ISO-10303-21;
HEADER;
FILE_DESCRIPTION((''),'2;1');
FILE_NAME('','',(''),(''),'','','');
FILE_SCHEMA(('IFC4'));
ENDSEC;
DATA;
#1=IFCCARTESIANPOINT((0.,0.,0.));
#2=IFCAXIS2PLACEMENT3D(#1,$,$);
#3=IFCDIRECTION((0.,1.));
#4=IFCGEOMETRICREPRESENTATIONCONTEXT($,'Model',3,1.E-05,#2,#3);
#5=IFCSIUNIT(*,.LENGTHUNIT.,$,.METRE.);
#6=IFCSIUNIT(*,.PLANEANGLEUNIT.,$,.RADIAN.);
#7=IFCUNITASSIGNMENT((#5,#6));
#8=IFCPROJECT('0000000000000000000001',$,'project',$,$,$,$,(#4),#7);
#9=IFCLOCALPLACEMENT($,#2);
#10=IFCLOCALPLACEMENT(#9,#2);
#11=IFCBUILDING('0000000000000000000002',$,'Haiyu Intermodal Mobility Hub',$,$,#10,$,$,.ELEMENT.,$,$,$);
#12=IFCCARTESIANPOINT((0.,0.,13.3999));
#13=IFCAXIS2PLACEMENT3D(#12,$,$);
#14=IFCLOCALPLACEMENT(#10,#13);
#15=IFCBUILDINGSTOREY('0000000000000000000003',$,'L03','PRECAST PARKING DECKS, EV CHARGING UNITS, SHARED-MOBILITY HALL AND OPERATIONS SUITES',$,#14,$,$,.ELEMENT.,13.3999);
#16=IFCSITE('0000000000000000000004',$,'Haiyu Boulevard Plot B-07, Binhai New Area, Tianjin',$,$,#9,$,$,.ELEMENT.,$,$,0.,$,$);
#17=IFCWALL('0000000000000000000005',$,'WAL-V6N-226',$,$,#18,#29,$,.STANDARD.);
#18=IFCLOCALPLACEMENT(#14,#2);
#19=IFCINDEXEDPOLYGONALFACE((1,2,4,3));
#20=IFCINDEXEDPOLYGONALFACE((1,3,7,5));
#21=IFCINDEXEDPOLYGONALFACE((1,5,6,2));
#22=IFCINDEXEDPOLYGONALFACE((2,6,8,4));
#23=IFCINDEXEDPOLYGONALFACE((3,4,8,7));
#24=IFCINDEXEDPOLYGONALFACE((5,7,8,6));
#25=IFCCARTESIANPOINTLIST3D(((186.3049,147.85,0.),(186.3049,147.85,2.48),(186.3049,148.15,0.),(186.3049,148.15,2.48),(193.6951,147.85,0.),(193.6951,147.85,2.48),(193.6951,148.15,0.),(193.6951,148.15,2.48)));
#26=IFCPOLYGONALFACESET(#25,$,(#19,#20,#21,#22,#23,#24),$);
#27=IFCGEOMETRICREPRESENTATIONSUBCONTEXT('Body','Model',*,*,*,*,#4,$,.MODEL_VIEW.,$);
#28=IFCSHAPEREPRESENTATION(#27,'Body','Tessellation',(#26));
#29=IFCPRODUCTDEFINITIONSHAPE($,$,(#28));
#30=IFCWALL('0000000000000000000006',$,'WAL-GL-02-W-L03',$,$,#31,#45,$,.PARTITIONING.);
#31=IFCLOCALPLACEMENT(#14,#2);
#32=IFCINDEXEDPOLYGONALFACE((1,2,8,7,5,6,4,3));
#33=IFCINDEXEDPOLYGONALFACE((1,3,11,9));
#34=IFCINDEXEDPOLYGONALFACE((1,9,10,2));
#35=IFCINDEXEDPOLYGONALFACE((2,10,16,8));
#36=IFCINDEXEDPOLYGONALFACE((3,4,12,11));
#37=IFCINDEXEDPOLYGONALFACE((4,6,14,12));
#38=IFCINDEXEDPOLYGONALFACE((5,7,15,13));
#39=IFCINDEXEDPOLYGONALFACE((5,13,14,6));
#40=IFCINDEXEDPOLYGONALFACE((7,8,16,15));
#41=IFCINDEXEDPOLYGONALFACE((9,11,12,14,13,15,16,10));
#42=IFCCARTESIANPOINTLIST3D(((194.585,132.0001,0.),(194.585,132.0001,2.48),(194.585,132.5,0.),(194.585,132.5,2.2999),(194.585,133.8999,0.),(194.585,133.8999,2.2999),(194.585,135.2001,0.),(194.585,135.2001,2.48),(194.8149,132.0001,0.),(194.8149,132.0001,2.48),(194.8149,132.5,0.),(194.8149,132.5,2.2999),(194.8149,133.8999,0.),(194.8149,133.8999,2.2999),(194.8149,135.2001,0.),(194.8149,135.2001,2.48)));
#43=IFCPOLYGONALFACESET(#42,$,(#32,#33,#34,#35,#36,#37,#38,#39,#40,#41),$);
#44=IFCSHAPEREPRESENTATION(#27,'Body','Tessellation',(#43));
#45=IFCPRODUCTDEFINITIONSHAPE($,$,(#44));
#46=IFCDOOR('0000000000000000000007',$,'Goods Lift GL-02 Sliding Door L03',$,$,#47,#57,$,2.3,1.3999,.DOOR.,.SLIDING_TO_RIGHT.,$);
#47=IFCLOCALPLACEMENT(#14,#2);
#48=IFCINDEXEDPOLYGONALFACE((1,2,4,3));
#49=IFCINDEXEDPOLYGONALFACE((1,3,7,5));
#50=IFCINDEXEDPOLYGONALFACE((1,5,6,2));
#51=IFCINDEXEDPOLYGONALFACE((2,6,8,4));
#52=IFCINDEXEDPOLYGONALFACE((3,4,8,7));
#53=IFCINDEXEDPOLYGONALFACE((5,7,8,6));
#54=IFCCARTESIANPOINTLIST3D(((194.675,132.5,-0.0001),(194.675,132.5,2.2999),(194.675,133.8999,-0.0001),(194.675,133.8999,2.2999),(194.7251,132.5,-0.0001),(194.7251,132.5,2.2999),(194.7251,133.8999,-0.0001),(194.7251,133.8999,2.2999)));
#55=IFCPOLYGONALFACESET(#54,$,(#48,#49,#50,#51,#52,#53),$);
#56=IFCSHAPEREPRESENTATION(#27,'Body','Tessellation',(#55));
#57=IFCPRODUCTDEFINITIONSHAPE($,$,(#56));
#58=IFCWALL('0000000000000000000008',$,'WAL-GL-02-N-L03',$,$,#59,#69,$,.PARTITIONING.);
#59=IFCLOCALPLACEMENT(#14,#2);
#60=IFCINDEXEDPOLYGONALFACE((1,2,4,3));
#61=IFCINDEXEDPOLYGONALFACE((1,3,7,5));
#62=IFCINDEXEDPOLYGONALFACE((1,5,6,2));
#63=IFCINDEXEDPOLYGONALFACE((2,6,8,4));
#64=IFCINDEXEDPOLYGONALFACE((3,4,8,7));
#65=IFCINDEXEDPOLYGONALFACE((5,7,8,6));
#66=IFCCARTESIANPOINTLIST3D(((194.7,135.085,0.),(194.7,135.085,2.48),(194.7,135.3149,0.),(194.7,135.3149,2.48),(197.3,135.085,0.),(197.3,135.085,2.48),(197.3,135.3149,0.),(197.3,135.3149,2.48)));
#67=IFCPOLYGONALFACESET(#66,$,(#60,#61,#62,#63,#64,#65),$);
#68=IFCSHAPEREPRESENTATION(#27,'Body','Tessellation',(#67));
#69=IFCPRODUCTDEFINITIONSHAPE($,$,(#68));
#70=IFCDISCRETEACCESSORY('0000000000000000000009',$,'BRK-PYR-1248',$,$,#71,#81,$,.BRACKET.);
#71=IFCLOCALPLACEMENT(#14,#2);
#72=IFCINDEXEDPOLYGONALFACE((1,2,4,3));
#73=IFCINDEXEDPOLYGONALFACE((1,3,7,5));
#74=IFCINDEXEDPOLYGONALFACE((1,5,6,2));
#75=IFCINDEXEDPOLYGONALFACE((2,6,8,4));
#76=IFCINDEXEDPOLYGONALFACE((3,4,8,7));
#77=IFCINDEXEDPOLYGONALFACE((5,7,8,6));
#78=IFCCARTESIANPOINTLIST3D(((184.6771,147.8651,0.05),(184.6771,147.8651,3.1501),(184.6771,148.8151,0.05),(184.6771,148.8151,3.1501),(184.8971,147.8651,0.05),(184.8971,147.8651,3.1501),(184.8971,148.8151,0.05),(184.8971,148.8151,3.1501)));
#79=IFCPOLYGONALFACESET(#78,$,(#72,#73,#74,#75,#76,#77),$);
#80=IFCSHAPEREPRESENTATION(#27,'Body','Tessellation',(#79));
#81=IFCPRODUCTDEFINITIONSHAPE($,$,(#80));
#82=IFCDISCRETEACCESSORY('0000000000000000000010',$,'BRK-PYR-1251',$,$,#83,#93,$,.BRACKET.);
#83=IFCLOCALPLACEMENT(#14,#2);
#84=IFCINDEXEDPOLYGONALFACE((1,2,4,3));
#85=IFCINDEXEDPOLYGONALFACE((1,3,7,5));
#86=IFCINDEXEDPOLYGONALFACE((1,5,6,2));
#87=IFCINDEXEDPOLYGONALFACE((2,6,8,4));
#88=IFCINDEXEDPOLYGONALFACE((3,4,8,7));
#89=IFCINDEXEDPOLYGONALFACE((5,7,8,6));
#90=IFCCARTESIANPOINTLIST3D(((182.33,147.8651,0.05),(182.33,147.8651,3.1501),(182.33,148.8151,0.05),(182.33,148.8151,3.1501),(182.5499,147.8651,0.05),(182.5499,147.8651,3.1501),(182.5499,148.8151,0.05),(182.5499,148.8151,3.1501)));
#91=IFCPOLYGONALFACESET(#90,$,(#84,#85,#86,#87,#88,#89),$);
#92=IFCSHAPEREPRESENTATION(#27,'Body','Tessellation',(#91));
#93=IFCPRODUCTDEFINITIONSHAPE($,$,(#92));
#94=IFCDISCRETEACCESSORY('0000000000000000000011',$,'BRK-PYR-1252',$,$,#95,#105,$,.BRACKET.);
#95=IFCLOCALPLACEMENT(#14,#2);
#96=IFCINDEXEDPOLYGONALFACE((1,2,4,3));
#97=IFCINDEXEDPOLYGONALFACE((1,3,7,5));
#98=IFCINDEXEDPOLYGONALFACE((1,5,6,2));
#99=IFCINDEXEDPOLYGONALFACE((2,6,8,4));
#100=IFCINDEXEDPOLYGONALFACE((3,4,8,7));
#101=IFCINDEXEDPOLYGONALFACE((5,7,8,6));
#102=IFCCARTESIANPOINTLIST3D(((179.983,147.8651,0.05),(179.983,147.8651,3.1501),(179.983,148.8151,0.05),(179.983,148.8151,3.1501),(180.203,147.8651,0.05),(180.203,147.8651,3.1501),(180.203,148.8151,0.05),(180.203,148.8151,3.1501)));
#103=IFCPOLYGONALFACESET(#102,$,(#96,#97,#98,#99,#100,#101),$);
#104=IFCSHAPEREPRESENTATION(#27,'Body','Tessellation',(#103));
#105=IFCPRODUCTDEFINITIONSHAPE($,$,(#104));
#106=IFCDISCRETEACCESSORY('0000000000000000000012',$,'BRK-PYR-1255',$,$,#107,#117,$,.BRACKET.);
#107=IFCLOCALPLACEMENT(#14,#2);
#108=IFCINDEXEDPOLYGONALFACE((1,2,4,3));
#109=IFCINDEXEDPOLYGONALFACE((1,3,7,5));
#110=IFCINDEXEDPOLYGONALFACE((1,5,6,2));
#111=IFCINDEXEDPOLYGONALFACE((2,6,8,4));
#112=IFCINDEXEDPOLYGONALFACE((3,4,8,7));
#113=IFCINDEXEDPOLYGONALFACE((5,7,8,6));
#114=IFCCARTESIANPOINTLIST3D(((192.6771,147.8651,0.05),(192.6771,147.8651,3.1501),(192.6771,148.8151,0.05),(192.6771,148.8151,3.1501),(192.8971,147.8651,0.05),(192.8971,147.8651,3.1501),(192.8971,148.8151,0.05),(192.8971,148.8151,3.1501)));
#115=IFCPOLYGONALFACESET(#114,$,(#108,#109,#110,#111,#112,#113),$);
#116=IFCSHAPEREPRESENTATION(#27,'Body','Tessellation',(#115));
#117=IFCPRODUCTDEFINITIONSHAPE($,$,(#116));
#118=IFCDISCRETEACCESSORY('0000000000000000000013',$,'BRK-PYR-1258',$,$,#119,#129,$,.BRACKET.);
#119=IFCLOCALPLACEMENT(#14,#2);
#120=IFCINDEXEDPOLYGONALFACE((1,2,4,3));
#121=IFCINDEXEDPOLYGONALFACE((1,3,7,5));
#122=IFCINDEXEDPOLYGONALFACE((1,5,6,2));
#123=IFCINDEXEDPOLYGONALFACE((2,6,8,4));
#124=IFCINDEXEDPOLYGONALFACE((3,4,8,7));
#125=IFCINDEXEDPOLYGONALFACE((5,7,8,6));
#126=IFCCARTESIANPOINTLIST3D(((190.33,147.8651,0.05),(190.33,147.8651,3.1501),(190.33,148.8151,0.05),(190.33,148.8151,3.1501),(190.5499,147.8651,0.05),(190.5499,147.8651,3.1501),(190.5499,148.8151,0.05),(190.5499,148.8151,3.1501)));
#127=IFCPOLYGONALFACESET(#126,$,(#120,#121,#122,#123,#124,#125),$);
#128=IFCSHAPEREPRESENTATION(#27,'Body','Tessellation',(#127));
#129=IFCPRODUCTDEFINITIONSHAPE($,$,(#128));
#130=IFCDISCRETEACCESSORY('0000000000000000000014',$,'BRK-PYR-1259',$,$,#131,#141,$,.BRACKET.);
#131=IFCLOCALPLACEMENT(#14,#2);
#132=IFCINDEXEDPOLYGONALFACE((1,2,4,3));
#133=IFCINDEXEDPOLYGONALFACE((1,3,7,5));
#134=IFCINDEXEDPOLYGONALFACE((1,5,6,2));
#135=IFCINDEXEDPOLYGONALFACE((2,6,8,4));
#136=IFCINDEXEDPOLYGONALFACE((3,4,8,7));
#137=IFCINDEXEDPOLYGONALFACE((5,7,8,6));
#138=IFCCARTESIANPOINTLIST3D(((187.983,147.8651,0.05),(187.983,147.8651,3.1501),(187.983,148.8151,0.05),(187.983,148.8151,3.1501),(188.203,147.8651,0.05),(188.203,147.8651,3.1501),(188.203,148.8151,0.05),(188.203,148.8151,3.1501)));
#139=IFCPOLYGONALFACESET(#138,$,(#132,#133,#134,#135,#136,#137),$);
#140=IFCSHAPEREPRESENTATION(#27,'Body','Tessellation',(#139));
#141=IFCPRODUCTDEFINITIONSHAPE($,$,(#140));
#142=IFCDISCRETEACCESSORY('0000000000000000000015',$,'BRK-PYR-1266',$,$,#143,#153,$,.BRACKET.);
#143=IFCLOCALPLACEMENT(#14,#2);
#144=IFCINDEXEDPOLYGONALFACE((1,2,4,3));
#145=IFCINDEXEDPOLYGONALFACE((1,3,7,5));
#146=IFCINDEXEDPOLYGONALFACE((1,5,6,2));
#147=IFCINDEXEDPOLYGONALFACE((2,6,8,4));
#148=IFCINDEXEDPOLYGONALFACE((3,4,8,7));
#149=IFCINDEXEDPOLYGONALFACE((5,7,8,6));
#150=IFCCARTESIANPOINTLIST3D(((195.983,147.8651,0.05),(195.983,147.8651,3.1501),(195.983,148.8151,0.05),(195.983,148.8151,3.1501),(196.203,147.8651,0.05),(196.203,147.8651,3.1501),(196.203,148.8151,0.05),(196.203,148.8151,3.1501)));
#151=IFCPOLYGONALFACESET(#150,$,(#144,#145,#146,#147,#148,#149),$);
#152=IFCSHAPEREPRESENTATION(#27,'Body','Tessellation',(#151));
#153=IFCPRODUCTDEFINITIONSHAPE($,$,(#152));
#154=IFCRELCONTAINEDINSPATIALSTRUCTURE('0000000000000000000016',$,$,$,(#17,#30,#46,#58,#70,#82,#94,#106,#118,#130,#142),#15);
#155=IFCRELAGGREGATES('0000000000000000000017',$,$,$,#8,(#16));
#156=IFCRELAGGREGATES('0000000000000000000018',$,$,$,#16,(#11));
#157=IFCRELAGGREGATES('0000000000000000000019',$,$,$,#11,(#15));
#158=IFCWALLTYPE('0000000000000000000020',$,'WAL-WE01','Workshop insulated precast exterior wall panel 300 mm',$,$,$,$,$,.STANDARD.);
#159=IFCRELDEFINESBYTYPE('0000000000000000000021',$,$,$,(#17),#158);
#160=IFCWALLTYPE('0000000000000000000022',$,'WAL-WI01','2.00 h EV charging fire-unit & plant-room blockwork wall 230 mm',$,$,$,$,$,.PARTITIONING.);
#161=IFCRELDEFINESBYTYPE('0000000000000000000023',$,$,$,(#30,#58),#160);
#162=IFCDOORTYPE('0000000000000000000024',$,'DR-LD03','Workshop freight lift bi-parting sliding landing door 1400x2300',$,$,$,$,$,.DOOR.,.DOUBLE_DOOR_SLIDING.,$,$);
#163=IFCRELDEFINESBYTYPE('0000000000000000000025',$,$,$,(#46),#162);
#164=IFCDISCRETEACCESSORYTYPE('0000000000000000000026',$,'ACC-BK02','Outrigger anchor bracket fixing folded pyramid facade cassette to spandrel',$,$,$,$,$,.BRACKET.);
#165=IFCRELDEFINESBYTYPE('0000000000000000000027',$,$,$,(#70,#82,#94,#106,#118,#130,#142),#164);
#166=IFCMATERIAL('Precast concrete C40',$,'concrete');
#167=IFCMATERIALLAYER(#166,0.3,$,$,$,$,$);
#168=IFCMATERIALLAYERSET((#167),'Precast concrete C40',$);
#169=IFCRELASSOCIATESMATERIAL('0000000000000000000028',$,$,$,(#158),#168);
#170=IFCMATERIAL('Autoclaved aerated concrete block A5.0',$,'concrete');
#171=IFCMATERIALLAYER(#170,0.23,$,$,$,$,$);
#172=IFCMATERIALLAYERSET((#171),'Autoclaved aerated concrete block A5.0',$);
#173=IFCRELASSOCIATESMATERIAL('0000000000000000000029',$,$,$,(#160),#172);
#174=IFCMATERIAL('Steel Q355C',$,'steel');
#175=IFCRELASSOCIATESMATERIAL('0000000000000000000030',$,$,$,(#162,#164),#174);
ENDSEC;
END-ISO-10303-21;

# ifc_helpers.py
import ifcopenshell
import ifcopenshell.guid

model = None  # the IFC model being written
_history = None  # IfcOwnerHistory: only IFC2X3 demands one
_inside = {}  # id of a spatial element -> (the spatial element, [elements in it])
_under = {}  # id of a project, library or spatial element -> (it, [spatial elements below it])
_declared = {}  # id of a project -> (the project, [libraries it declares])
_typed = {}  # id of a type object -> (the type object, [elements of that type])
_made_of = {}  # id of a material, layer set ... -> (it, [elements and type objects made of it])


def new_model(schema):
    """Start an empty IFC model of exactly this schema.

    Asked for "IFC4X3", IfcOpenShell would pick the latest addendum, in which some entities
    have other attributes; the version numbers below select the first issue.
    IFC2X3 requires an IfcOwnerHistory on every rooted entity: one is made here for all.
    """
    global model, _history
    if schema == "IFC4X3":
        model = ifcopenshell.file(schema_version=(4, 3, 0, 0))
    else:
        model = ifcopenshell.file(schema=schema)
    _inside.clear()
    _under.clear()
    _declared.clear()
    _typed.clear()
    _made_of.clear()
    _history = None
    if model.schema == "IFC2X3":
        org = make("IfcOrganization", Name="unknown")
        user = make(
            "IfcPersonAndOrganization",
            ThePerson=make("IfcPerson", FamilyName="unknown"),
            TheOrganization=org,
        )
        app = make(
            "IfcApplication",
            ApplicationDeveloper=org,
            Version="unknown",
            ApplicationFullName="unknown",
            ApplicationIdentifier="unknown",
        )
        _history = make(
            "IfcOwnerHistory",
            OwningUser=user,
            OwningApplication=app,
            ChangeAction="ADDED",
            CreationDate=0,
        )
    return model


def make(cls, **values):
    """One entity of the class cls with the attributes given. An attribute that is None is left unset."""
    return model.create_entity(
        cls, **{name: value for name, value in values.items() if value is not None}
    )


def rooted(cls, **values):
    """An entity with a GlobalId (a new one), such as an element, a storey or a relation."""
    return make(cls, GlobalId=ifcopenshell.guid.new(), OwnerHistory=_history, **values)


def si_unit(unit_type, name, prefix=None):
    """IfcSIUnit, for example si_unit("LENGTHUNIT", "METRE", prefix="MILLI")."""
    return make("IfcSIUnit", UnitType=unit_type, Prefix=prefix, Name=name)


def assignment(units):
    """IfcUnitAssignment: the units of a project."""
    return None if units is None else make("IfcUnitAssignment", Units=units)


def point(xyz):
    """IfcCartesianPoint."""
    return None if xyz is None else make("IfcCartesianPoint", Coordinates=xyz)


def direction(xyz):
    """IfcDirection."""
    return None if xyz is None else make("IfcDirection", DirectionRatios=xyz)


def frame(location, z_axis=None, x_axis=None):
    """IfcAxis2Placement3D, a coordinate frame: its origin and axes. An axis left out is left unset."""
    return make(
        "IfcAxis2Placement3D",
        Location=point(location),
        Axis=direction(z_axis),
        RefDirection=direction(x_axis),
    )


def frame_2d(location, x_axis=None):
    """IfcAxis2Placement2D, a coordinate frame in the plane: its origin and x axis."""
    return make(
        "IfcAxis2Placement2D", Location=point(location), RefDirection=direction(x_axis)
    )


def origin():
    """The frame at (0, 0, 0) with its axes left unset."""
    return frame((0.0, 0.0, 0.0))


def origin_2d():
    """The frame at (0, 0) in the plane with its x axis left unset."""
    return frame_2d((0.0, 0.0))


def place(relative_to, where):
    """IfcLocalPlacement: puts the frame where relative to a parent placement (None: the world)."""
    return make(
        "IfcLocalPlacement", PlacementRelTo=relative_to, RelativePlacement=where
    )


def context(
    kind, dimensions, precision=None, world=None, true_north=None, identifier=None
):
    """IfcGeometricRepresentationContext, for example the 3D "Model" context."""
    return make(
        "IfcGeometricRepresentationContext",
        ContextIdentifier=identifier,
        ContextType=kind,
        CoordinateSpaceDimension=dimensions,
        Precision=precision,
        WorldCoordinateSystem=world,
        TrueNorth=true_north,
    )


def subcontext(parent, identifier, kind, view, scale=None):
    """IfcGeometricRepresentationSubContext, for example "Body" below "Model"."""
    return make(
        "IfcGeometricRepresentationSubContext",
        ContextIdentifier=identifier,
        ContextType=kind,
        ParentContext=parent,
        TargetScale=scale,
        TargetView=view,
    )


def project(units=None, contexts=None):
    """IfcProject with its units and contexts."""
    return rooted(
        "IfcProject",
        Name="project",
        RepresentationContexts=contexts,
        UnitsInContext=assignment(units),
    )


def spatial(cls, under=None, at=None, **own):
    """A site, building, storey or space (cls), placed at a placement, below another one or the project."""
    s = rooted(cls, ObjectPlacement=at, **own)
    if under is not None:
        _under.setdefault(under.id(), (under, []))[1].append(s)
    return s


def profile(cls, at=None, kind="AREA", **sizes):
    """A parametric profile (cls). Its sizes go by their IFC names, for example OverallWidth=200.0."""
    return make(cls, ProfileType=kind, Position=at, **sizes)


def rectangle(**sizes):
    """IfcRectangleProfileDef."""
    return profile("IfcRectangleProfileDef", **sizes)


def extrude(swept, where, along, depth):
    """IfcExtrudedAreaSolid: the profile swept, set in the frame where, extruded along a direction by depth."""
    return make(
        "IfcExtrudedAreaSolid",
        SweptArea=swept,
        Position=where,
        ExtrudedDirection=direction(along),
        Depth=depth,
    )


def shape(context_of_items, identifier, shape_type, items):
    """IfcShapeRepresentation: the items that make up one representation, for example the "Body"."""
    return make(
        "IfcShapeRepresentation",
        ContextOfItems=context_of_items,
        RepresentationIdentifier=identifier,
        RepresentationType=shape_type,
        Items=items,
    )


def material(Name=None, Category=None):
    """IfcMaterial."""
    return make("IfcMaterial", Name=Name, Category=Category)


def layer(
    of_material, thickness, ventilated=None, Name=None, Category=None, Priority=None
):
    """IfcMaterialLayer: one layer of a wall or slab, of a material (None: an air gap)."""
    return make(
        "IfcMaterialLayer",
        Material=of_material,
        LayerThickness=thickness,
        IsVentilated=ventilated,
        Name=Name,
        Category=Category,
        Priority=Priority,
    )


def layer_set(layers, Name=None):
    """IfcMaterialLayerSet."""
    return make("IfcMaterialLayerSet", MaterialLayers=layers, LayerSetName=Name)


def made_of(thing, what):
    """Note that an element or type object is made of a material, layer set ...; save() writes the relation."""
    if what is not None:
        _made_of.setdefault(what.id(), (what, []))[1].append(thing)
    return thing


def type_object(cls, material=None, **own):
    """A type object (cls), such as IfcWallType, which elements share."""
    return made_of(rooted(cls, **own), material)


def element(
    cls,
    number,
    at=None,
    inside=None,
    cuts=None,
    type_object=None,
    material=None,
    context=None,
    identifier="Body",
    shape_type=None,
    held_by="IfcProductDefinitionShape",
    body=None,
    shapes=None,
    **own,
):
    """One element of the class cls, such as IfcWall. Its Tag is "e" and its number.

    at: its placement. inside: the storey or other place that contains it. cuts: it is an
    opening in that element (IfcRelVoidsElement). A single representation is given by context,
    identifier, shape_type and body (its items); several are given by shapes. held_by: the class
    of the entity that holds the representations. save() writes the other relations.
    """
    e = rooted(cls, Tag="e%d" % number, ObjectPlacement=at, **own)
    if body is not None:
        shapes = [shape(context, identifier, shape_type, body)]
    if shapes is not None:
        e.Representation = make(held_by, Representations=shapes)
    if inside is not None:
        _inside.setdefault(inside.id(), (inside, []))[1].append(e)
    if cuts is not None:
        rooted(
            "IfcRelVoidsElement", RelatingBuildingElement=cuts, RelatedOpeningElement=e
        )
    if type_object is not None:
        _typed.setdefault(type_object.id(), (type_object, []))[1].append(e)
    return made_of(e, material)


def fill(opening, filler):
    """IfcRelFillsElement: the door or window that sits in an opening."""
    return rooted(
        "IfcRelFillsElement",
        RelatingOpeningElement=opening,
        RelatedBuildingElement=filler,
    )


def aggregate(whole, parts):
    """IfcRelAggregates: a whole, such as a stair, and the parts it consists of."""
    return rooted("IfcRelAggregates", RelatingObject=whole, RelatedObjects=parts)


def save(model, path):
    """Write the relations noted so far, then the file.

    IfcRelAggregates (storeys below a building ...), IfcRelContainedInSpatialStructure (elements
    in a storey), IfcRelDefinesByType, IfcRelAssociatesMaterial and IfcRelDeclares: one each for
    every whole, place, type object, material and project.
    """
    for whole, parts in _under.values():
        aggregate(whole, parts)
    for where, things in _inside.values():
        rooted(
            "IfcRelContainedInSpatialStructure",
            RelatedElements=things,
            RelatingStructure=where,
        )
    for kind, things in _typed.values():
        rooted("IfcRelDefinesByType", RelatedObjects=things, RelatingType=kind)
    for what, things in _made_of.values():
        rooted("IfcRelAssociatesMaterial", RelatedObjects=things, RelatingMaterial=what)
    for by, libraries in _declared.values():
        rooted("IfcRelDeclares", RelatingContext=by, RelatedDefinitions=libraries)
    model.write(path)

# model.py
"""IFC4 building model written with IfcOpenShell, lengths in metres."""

from ifc_helpers import new_model, si_unit, direction, frame, frame_2d, origin, origin_2d, place, context, subcontext, project, spatial, rectangle, extrude, material, layer, layer_set, type_object, element, fill, save


model = new_model("IFC4")

# Units and contexts
model_context = context("Model", 3, precision=1e-05, world=origin(), true_north=direction((0.0, 1.0)))
body_context = subcontext(model_context, "Body", "Model", "MODEL_VIEW")
ifc_project = project(units=[si_unit("LENGTHUNIT", "METRE"), si_unit("PLANEANGLEUNIT", "RADIAN")], contexts=[model_context])

# Site, building, storey
site_placement = place(None, origin())
site = spatial("IfcSite", under=ifc_project, at=site_placement, Name="Haiyu Boulevard Plot B-07, Binhai New Area, Tianjin", CompositionType="ELEMENT", RefElevation=0.0)
building_placement = place(site_placement, origin())
building = spatial("IfcBuilding", under=site, at=building_placement, Name="Haiyu Intermodal Mobility Hub", CompositionType="ELEMENT")
storey_placement = place(building_placement, frame((0.0, 0.0, 13.3999)))
storey = spatial("IfcBuildingStorey", under=building, at=storey_placement, Name="L03", Description="PRECAST PARKING DECKS, EV CHARGING UNITS, SHARED-MOBILITY HALL AND OPERATIONS SUITES", CompositionType="ELEMENT", Elevation=13.3999)

# Wall
ifc_material_1 = material(Name="Precast concrete C40", Category="concrete")
ifc_layer_1 = layer(ifc_material_1, 0.3)
ifc_layer_set_1 = layer_set([ifc_layer_1], Name="Precast concrete C40")
wall_type_1 = type_object("IfcWallType", Name="WAL-WE01", Description="Workshop insulated precast exterior wall panel 300 mm", PredefinedType="STANDARD", material=ifc_layer_set_1)
for number, where, z_axis, x_axis, name in (
    (1, (193.6951, 148.0, 0.0), (0.0, 0.0, 1.0), (-1.0, 0.0, 0.0), "WAL-V6N-226"),
):
    element("IfcWall", number, at=place(storey_placement, frame(where, z_axis=z_axis, x_axis=x_axis)), inside=storey, type_object=wall_type_1, Name=name, PredefinedType="STANDARD", context=body_context, shape_type="SweptSolid", body=[
        extrude(rectangle(XDim=7.3901, YDim=0.3, at=frame_2d((3.6951, 0.0))), origin(), (0.0, 0.0, 1.0), 2.48),
    ])

# Wall, opening, door
ifc_material_2 = material(Name="Autoclaved aerated concrete block A5.0", Category="concrete")
ifc_layer_2 = layer(ifc_material_2, 0.23)
ifc_layer_set_2 = layer_set([ifc_layer_2], Name="Autoclaved aerated concrete block A5.0")
wall_type_2 = type_object("IfcWallType", Name="WAL-WI01", Description="2.00 h EV charging fire-unit & plant-room blockwork wall 230 mm", PredefinedType="PARTITIONING", material=ifc_layer_set_2)
wall_1_placement = place(storey_placement, frame((194.7, 132.0, 0.0), z_axis=(0.0, 0.0, 1.0), x_axis=(0.0, 1.0, 0.0)))
wall_1 = element("IfcWall", 2, at=wall_1_placement, inside=storey, type_object=wall_type_2, Name="WAL-GL-02-W-L03", PredefinedType="PARTITIONING", context=body_context, shape_type="SweptSolid", body=[
    extrude(rectangle(XDim=3.2, YDim=0.23, at=frame_2d((1.6001, 0.0))), origin(), (0.0, 0.0, 1.0), 2.48),
])
opening_placement = place(wall_1_placement, frame((0.5, 0.0, 0.0)))
opening = element("IfcOpeningElement", 3, at=opening_placement, cuts=wall_1, PredefinedType="OPENING", context=body_context, shape_type="SweptSolid", body=[
    extrude(rectangle(XDim=1.3999, YDim=2.3, at=frame_2d((0.7, 1.1499))), frame((0.0, 0.125, 0.0), z_axis=(0.0, -1.0, 0.0), x_axis=(1.0, 0.0, 0.0)), (0.0, 0.0, 1.0), 0.25),
])
ifc_material_3 = material(Name="Steel Q355C", Category="steel")
door_type = type_object("IfcDoorType", Name="DR-LD03", Description="Workshop freight lift bi-parting sliding landing door 1400x2300", OperationType="DOUBLE_DOOR_SLIDING", PredefinedType="DOOR", material=ifc_material_3)
door_placement = place(opening_placement, origin())
door = element("IfcDoor", 4, at=door_placement, inside=storey, type_object=door_type, Name="Goods Lift GL-02 Sliding Door L03", OperationType="SLIDING_TO_RIGHT", OverallHeight=2.3, OverallWidth=1.3999, PredefinedType="DOOR", context=body_context, shape_type="SweptSolid", body=[
    extrude(rectangle(XDim=1.3999, YDim=2.3, at=frame_2d((0.7, 1.1499))), frame((0.0, 0.0249, 0.0), z_axis=(0.0, -1.0, 0.0), x_axis=(1.0, 0.0, 0.0)), (0.0, 0.0, 1.0), 0.05),
])
fill(opening, door)

# Wall
wall_2_placement = place(storey_placement, frame((194.7, 135.2, 0.0), z_axis=(0.0, 0.0, 1.0), x_axis=(1.0, 0.0, 0.0)))
element("IfcWall", 5, at=wall_2_placement, inside=storey, type_object=wall_type_2, Name="WAL-GL-02-N-L03", PredefinedType="PARTITIONING", context=body_context, shape_type="SweptSolid", body=[
    extrude(rectangle(XDim=2.6001, YDim=0.23, at=frame_2d((1.3, 0.0))), origin(), (0.0, 0.0, 1.0), 2.48),
])

# Discrete accessories
discrete_accessory_type = type_object("IfcDiscreteAccessoryType", Name="ACC-BK02", Description="Outrigger anchor bracket fixing folded pyramid facade cassette to spandrel", PredefinedType="BRACKET", material=ifc_material_3)
for number, where, z_axis, x_axis, name in (
    (6, (184.7871, 148.3401, 0.05), (0.0, 0.0, 1.0), (1.0, 0.0, 0.0), "BRK-PYR-1248"),
    (7, (182.4399, 148.3401, 0.05), (0.0, 0.0, 1.0), (1.0, 0.0, 0.0), "BRK-PYR-1251"),
    (8, (180.093, 148.3401, 0.05), (0.0, 0.0, 1.0), (1.0, 0.0, 0.0), "BRK-PYR-1252"),
    (9, (192.7871, 148.3401, 0.05), (0.0, 0.0, 1.0), (1.0, 0.0, 0.0), "BRK-PYR-1255"),
    (10, (190.4399, 148.3401, 0.05), (0.0, 0.0, 1.0), (1.0, 0.0, 0.0), "BRK-PYR-1258"),
    (11, (188.093, 148.3401, 0.05), (0.0, 0.0, 1.0), (1.0, 0.0, 0.0), "BRK-PYR-1259"),
    (12, (196.093, 148.3401, 0.05), (0.0, 0.0, 1.0), (1.0, 0.0, 0.0), "BRK-PYR-1266"),
):
    element("IfcDiscreteAccessory", number, at=place(storey_placement, frame(where, z_axis=z_axis, x_axis=x_axis)), inside=storey, type_object=discrete_accessory_type, Name=name, PredefinedType="BRACKET", context=body_context, shape_type="SweptSolid", body=[
        extrude(rectangle(XDim=0.22, YDim=0.95, at=origin_2d()), origin(), (0.0, 0.0, 1.0), 3.1001),
    ])

save(model, "model.ifc")
